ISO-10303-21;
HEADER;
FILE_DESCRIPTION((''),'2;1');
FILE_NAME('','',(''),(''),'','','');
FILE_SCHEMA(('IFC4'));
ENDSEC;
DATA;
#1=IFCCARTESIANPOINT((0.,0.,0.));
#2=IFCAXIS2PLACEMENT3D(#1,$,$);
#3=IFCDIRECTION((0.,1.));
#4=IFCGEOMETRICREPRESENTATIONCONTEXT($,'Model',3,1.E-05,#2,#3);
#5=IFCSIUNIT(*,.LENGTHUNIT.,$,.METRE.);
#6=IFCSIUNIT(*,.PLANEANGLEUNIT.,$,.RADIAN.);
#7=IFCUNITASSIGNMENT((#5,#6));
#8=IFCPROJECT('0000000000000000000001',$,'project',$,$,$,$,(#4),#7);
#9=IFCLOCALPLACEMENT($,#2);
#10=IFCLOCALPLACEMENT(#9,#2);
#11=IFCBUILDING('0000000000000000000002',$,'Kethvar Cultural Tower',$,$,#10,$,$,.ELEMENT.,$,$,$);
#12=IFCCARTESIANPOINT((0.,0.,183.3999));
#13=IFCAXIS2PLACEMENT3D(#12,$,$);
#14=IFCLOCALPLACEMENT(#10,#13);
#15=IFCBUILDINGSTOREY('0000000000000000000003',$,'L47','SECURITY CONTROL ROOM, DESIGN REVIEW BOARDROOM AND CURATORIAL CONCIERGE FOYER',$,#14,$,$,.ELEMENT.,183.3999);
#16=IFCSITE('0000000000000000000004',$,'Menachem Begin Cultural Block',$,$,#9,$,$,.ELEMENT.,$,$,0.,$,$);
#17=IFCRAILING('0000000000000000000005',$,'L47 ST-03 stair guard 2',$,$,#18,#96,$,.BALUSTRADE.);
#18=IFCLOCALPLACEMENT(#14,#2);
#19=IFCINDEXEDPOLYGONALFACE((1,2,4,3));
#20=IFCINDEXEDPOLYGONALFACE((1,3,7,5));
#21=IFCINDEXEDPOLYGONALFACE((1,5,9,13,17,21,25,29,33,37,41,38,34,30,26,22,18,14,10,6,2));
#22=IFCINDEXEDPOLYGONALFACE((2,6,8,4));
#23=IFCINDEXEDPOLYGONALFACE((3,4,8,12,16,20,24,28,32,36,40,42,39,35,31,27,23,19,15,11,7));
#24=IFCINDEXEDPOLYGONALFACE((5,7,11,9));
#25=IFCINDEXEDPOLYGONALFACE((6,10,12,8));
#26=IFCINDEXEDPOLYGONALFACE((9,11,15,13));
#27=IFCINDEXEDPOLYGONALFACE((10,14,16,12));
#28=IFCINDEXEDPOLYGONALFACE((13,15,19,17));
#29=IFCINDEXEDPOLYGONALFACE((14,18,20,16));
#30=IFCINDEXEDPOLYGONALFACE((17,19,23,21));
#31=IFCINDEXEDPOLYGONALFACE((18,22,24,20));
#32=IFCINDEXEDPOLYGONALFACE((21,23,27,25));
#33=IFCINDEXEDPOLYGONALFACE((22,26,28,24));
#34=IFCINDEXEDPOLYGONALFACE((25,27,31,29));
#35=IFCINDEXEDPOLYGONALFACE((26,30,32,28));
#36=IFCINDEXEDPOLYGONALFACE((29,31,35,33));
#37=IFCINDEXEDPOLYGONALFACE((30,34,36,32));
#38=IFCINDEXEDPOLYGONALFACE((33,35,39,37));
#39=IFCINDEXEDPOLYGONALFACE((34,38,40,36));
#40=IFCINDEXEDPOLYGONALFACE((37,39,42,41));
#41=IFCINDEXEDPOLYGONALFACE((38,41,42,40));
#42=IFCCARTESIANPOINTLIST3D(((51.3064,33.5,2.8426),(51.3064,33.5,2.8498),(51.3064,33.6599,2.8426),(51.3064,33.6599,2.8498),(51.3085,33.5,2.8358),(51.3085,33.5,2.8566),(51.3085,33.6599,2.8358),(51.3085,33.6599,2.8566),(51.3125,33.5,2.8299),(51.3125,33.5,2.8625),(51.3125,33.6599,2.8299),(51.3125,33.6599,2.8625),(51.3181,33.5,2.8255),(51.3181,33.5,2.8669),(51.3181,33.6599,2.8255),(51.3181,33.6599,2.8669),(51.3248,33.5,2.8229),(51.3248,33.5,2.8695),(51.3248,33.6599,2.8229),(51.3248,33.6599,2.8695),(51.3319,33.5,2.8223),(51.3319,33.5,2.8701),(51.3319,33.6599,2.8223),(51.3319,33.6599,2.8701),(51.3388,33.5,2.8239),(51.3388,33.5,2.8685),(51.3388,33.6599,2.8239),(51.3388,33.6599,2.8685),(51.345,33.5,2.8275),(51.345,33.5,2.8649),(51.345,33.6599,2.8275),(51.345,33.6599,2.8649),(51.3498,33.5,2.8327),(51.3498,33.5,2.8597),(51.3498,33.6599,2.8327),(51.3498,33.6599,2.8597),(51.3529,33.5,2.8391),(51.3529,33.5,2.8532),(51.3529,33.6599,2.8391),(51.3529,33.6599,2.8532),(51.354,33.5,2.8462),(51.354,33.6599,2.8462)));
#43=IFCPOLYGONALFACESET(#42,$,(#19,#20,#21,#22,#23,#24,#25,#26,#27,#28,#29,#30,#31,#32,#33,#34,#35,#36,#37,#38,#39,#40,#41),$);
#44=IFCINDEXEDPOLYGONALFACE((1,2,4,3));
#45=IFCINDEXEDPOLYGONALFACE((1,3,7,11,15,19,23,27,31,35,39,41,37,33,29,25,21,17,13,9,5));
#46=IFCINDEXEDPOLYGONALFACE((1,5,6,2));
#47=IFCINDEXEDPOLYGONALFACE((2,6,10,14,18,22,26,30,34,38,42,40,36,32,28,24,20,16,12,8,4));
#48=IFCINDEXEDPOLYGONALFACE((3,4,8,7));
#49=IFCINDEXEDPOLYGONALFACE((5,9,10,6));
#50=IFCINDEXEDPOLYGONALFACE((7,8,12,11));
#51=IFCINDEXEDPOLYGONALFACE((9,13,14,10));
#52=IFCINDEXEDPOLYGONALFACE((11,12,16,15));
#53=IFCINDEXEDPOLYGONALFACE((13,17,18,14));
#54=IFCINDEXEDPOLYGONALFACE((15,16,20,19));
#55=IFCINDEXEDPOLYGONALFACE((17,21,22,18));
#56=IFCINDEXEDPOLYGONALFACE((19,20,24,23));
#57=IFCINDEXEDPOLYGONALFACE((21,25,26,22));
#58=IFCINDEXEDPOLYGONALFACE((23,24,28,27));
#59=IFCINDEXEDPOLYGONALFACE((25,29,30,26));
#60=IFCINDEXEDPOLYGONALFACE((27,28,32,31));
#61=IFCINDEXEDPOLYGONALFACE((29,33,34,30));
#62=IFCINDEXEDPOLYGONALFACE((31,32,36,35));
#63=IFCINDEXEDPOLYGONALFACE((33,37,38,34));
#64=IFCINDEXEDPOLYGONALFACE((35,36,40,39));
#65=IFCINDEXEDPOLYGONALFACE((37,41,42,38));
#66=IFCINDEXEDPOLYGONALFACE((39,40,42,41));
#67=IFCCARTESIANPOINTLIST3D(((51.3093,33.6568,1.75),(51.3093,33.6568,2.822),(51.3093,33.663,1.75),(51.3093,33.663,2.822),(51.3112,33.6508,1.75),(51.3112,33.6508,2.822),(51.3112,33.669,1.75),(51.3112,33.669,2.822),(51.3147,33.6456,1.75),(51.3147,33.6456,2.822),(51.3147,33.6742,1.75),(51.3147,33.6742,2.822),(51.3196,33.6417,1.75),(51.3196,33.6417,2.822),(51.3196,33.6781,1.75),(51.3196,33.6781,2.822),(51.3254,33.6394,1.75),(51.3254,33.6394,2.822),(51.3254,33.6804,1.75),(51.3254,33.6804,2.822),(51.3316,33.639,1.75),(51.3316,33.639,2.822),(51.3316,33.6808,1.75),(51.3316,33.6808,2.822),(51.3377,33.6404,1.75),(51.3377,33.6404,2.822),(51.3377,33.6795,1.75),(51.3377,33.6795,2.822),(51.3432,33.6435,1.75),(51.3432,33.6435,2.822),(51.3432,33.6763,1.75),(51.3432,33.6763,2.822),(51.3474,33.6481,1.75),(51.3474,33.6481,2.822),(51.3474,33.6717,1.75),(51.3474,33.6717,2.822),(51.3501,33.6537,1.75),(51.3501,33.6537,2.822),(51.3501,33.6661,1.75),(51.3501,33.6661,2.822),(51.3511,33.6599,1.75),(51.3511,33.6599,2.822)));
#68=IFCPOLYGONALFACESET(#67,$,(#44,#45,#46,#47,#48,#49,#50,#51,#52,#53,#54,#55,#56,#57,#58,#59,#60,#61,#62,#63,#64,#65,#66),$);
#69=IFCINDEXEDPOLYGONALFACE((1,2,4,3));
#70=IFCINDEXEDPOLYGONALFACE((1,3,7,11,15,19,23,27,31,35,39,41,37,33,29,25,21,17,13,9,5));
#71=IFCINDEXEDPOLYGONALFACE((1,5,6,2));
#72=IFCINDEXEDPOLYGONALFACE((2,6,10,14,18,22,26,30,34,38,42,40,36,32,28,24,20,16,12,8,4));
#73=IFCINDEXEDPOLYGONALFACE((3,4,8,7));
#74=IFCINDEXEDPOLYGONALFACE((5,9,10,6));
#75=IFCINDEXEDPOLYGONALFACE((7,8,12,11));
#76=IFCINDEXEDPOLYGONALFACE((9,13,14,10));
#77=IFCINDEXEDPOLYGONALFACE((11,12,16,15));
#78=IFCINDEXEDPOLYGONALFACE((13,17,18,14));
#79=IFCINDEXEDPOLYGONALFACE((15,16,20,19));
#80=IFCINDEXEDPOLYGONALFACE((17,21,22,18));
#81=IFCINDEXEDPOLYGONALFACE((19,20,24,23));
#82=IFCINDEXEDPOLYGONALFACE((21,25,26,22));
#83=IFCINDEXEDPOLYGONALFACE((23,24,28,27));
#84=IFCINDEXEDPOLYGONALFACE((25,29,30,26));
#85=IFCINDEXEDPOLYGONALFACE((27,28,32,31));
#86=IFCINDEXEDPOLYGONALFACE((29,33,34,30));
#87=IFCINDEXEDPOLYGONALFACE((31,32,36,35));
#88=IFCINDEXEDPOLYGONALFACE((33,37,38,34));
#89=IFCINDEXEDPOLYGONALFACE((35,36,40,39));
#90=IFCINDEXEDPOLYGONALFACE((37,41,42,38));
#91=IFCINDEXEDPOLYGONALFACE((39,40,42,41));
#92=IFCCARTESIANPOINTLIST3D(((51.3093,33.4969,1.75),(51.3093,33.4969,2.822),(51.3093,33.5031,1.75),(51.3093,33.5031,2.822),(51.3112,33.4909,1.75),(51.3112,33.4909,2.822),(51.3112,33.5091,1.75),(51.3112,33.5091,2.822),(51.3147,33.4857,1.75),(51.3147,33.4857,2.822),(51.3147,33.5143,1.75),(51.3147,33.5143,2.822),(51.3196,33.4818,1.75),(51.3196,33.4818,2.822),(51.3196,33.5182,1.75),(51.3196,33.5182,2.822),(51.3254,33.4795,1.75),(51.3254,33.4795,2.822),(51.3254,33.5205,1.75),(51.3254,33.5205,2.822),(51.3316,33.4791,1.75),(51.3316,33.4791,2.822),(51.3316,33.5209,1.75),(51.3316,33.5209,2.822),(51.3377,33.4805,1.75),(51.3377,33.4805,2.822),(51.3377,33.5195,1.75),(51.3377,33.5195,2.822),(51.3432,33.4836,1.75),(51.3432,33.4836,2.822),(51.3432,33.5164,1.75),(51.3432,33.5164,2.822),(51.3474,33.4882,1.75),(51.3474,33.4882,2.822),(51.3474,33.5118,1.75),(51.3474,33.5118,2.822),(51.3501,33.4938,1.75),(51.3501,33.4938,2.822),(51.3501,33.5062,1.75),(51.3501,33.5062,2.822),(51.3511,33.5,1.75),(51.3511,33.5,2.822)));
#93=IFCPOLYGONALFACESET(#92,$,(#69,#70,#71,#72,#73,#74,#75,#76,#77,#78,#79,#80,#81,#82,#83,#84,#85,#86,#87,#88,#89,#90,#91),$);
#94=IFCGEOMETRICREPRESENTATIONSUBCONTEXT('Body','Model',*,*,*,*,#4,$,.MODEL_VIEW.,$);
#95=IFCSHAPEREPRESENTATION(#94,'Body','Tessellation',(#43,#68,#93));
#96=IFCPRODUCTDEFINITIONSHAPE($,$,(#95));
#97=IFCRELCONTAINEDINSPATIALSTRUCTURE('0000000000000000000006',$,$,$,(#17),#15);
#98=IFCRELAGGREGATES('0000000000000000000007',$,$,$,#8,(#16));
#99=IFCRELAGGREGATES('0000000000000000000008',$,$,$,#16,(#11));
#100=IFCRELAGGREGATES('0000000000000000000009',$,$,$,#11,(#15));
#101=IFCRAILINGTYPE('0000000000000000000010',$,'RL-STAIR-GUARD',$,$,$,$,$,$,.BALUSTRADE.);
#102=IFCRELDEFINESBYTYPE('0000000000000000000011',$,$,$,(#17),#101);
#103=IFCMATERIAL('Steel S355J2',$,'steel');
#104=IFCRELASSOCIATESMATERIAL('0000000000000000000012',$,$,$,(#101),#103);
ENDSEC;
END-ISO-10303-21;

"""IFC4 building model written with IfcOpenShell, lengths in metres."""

from ifc_helpers import new_model, si_unit, direction, frame, origin, origin_2d, place, context, subcontext, project, spatial, circle, extrude, material, type_object, element, save


model = new_model("IFC4")

# Units and contexts
model_context = context("Model", 3, precision=1e-05, world=origin(), true_north=direction((0.0, 1.0)))
body_context = subcontext(model_context, "Body", "Model", "MODEL_VIEW")
ifc_project = project(units=[si_unit("LENGTHUNIT", "METRE"), si_unit("PLANEANGLEUNIT", "RADIAN")], contexts=[model_context])

# Site, building, storey
site_placement = place(None, origin())
site = spatial("IfcSite", under=ifc_project, at=site_placement, Name="Menachem Begin Cultural Block", CompositionType="ELEMENT", RefElevation=0.0)
building_placement = place(site_placement, origin())
building = spatial("IfcBuilding", under=site, at=building_placement, Name="Kethvar Cultural Tower", CompositionType="ELEMENT")
storey_placement = place(building_placement, frame((0.0, 0.0, 183.3999)))
storey = spatial("IfcBuildingStorey", under=building, at=storey_placement, Name="L47", Description="SECURITY CONTROL ROOM, DESIGN REVIEW BOARDROOM AND CURATORIAL CONCIERGE FOYER", CompositionType="ELEMENT", Elevation=183.3999)

# Shared definitions
ifc_material_1 = material(Name="Steel S355J2", Category="steel")

# Railing
railing_type_1 = type_object("IfcRailingType", Name="RL-STAIR-GUARD", PredefinedType="BALUSTRADE", material=ifc_material_1)
railing_1_placement = place(storey_placement, frame((51.3301, 33.6599, 1.75)))
element("IfcRailing", 1, at=railing_1_placement, inside=storey, type_object=railing_type_1, Name="L47 ST-03 stair guard 2", PredefinedType="BALUSTRADE", context=body_context, shape_type="SweptSolid", body=[
    extrude(circle(Radius=0.0239, at=origin_2d()), frame((0.0, 0.0, 1.0962), z_axis=(0.0, -1.0, 0.0), x_axis=(1.0, 0.0, 0.0)), (0.0, 0.0, 1.0), 0.1599),
    extrude(circle(Radius=0.021, at=origin_2d()), origin(), (0.0, 0.0, 1.0), 1.072),
    extrude(circle(Radius=0.021, at=origin_2d()), frame((0.0, -0.1599, 0.0)), (0.0, 0.0, 1.0), 1.072),
])

save(model, "model.ifc")
